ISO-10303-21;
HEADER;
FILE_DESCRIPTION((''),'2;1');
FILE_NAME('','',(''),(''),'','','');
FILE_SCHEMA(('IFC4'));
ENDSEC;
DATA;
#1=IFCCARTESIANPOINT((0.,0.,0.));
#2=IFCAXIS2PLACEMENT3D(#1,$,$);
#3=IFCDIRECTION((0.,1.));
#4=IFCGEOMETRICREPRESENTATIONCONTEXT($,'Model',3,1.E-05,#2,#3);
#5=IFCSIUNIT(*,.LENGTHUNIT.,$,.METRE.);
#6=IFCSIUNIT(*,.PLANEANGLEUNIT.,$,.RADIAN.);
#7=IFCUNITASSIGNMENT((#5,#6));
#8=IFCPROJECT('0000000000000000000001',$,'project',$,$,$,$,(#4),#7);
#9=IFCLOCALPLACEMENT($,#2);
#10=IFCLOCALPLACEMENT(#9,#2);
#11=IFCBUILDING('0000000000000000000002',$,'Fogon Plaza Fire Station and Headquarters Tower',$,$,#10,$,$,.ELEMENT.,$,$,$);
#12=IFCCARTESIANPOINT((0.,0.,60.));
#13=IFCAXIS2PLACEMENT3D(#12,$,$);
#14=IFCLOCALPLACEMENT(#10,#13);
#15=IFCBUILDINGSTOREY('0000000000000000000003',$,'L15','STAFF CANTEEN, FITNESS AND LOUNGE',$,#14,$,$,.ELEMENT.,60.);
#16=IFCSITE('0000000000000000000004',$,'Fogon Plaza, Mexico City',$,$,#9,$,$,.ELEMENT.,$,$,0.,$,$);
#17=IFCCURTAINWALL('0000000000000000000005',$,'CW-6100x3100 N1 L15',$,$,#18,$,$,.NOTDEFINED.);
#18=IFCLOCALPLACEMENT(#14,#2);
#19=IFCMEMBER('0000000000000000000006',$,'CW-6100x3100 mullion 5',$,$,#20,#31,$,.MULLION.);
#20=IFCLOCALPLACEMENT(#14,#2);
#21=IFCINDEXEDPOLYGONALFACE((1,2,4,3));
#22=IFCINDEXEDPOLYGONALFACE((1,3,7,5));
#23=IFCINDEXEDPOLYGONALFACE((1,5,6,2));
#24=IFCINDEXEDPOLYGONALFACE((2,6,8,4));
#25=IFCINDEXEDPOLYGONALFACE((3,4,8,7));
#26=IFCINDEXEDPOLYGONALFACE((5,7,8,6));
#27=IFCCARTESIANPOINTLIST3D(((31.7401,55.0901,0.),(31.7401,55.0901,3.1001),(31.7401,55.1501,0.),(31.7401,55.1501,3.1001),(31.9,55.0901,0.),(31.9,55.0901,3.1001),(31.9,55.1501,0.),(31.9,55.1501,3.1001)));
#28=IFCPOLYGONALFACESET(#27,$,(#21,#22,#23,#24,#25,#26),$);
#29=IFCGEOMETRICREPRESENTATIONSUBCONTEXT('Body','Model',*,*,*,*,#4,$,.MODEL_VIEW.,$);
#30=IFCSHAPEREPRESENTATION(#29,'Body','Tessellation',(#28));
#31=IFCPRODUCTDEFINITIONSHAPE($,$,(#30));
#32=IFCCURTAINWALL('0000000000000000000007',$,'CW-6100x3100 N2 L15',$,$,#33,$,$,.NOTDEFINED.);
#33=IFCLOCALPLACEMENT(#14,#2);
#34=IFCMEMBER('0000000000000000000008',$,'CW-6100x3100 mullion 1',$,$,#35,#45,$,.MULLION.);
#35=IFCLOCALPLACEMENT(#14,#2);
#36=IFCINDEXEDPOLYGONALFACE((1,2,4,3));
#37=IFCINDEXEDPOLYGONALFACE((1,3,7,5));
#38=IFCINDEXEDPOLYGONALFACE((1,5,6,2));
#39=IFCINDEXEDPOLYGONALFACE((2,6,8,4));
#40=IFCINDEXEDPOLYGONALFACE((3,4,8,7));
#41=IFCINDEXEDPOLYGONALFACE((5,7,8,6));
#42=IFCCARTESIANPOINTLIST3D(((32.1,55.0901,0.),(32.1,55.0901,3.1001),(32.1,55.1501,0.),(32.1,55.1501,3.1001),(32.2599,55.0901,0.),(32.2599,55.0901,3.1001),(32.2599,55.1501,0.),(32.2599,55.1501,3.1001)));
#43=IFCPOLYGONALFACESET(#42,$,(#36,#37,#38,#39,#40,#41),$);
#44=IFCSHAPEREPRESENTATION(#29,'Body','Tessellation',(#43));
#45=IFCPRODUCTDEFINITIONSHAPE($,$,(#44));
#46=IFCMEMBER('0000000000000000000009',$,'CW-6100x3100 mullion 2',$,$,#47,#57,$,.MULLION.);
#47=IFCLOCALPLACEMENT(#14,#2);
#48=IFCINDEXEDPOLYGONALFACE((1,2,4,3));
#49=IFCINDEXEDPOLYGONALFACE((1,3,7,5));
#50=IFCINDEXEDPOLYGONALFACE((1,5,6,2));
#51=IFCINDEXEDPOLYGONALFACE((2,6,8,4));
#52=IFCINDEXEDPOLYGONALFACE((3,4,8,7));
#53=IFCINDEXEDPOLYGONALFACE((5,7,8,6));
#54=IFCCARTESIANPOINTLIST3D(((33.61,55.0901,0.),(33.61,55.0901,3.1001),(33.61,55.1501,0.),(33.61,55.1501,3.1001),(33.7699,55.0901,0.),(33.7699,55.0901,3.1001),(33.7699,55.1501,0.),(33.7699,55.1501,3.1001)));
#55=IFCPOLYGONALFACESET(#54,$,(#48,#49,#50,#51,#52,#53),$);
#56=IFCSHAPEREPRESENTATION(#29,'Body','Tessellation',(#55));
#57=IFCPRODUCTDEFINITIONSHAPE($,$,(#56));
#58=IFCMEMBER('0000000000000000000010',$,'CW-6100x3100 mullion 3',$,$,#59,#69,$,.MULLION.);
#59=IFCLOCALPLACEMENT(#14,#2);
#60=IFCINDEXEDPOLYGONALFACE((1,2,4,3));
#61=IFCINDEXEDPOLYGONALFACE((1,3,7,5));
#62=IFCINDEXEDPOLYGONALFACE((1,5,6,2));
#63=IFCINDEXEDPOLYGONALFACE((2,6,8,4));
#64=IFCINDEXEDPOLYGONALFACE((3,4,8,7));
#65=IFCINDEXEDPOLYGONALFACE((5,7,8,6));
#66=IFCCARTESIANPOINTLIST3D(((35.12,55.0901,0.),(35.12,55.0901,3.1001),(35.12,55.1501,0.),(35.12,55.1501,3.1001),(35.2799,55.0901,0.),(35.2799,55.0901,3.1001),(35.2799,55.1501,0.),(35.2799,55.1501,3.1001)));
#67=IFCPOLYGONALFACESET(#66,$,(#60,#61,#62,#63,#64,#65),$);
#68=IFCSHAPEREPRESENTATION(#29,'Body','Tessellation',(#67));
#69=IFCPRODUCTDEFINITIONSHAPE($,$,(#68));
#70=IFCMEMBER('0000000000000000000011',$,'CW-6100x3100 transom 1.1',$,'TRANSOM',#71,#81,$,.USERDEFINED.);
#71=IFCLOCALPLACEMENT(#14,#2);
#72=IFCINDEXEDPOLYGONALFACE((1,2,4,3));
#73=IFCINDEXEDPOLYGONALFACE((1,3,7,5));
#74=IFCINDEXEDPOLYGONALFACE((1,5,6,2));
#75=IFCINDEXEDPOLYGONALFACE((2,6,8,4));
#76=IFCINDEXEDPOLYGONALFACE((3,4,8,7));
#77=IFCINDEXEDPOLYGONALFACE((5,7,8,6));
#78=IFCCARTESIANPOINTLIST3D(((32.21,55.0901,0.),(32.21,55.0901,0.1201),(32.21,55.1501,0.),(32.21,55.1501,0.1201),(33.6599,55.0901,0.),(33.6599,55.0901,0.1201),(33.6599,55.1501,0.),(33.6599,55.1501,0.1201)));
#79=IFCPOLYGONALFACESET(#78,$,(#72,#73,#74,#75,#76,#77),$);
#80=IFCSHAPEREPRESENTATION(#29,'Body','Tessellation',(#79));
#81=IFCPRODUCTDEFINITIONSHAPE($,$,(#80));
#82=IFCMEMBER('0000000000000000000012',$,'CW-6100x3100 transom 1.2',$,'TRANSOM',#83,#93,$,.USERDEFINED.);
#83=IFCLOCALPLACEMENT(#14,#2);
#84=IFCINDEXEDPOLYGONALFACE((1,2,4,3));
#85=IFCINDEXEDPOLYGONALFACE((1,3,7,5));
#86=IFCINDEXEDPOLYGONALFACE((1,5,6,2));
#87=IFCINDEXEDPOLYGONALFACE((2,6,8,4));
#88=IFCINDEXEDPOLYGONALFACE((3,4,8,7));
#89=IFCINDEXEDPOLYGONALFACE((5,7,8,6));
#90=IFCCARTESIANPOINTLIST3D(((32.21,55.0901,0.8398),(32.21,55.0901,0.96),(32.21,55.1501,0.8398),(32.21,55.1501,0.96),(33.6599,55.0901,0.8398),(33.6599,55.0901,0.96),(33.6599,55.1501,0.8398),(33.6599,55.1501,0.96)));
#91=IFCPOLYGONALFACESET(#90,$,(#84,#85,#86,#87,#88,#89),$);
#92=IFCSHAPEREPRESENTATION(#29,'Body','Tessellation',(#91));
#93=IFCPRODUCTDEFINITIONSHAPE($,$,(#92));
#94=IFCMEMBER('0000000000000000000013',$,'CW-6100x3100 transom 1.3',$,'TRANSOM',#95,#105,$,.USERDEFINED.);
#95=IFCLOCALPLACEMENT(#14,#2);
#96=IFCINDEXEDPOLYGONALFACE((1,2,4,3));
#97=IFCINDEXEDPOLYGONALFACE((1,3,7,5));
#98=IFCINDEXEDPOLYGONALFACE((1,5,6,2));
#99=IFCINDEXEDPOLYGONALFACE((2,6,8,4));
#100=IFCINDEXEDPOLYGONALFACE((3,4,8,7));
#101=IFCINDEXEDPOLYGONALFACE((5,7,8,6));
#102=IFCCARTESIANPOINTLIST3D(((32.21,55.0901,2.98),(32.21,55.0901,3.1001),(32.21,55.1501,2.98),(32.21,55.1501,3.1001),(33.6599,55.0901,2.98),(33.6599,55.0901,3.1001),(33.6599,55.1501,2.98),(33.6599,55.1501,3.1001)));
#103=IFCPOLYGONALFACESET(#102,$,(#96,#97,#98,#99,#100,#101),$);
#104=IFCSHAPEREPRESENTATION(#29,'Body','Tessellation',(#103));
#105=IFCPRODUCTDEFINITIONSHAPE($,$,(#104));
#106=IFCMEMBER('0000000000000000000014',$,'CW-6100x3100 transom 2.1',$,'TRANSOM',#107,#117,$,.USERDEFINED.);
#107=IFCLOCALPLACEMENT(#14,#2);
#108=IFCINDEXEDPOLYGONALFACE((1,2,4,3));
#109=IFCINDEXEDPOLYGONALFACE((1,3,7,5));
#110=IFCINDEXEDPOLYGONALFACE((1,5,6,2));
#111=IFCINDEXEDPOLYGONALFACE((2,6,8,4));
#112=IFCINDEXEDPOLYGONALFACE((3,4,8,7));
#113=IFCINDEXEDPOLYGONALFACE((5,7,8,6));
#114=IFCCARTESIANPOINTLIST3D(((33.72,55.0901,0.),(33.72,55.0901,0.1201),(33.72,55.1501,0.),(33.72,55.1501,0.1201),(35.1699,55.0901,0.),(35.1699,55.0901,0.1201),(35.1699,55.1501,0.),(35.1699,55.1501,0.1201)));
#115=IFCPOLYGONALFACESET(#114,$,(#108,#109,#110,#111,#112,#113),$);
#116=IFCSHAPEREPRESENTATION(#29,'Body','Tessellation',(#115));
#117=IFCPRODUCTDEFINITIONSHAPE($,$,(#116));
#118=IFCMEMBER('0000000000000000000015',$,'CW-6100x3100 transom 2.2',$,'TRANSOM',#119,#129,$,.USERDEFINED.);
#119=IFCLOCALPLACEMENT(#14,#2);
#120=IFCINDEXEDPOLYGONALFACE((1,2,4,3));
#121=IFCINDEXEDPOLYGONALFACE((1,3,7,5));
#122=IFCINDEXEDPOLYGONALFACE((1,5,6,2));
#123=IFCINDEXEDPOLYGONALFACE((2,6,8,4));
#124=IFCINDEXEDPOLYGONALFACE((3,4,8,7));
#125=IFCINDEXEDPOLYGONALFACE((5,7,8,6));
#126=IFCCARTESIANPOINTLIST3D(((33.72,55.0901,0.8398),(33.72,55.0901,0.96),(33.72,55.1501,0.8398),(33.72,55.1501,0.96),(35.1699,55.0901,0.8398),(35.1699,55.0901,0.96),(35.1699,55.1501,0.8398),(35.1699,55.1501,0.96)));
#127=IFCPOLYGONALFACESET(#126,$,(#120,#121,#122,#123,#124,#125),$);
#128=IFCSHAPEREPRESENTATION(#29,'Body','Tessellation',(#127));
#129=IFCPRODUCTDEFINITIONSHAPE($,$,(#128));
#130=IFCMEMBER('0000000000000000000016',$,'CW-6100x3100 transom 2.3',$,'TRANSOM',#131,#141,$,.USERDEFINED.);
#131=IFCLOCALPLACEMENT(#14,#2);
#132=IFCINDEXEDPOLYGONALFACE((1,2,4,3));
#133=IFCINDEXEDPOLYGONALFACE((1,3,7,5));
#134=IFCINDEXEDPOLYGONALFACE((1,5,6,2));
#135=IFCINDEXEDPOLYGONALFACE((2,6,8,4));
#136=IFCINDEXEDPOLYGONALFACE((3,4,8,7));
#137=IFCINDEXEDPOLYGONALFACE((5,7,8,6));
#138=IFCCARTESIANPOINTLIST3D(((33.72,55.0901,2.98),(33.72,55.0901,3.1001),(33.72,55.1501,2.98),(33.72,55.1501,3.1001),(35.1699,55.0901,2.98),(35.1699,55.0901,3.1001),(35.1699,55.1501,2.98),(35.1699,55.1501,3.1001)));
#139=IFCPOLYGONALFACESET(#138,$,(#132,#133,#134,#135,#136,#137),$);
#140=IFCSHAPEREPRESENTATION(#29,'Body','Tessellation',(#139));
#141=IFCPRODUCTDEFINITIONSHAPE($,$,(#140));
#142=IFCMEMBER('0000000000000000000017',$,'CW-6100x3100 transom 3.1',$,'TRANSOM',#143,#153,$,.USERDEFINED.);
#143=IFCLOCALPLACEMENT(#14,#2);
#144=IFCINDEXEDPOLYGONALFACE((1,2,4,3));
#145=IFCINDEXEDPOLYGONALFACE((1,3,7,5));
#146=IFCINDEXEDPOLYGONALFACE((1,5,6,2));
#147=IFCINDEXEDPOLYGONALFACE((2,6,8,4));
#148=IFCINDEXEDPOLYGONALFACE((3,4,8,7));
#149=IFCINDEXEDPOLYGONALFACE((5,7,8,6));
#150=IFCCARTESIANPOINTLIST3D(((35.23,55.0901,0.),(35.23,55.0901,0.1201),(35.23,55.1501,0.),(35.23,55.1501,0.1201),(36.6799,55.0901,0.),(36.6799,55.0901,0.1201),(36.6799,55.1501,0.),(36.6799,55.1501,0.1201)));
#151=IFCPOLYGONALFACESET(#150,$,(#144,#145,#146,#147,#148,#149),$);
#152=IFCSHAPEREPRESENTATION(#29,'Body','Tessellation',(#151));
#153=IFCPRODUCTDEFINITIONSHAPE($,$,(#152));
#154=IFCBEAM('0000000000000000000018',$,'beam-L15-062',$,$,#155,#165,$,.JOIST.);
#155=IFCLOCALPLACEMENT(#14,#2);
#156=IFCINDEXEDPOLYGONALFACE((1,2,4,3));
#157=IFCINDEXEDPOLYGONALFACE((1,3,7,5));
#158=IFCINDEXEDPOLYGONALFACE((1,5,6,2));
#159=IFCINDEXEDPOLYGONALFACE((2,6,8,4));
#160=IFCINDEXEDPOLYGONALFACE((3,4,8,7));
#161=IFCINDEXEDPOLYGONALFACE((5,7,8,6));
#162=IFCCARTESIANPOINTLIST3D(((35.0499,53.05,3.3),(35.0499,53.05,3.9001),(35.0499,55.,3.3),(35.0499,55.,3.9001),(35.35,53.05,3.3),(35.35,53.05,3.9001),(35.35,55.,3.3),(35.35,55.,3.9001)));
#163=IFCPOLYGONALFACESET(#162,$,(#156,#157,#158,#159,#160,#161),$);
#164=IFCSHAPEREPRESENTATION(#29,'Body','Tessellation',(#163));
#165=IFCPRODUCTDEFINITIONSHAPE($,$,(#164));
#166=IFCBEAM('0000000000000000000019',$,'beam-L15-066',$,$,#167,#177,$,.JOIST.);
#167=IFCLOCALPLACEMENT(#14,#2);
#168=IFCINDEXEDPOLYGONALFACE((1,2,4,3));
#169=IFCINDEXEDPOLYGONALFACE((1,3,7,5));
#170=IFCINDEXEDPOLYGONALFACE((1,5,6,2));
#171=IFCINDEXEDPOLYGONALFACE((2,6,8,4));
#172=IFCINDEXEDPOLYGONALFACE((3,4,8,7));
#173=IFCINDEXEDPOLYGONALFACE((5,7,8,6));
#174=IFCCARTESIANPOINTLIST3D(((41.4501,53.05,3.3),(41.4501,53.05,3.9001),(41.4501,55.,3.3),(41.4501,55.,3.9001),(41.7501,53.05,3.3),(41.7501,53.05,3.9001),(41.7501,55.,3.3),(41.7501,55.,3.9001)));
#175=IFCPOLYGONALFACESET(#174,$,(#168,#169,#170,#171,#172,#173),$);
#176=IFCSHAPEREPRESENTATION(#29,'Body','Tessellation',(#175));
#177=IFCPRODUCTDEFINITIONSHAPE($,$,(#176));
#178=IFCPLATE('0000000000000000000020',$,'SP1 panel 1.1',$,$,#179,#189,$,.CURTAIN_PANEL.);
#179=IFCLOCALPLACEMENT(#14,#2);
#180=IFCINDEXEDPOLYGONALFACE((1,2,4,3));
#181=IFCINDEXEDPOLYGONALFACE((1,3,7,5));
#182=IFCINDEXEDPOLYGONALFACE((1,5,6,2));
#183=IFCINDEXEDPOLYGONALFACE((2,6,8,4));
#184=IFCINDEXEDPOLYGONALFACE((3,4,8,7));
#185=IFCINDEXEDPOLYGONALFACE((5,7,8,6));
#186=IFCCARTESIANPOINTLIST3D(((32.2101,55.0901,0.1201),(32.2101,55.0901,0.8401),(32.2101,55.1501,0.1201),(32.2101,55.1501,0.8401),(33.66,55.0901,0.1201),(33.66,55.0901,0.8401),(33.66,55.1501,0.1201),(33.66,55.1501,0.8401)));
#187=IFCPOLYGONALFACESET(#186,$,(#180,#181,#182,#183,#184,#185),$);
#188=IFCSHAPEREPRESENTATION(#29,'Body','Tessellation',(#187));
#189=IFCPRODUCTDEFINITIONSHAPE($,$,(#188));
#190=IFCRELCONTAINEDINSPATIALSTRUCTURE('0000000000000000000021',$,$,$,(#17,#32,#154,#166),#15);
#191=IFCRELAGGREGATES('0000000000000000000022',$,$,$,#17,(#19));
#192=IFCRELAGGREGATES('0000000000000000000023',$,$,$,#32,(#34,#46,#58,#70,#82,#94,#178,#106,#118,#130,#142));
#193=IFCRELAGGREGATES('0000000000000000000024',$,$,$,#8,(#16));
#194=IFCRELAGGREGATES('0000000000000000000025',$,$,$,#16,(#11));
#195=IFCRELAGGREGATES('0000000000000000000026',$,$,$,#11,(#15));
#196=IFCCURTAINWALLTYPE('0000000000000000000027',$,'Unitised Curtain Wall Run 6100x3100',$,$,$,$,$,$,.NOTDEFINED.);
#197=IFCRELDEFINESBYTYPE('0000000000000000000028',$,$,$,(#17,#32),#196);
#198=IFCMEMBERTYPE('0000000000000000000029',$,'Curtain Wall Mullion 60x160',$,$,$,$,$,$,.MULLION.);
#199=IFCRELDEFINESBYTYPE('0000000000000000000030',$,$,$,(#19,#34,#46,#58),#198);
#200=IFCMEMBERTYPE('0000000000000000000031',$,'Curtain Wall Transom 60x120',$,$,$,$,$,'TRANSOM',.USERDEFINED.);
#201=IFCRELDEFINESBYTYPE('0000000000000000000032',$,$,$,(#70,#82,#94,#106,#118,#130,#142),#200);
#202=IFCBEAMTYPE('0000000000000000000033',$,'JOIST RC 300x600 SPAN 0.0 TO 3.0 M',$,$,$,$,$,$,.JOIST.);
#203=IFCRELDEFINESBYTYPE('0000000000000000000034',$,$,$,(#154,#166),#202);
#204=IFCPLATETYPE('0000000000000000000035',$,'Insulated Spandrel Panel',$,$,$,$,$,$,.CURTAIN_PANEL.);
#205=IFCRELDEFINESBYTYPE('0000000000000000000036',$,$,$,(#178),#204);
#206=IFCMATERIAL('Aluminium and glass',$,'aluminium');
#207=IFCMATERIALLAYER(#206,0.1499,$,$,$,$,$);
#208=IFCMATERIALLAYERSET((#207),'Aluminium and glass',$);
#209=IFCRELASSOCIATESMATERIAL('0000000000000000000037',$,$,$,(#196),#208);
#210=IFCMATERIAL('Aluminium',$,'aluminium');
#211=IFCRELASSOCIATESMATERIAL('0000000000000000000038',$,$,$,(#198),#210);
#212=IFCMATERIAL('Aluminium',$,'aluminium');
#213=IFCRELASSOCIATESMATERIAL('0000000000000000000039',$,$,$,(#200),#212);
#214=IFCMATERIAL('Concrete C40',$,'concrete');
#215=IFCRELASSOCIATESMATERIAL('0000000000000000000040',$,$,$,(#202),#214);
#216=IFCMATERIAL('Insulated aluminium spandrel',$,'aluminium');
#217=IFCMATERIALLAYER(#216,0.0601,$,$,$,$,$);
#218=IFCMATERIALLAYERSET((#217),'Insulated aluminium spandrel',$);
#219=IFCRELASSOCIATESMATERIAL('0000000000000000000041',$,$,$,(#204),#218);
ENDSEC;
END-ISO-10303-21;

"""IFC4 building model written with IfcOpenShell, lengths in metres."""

from ifc_helpers import new_model, si_unit, direction, frame, origin, origin_2d, place, context, subcontext, project, spatial, rectangle, extrude, material, layer, layer_set, material_profile, profile_set, type_object, element, aggregate, save


model = new_model("IFC4")

# Units and contexts
model_context = context("Model", 3, precision=1e-05, world=origin(), true_north=direction((0.0, 1.0)))
body_context = subcontext(model_context, "Body", "Model", "MODEL_VIEW")
ifc_project = project(units=[si_unit("LENGTHUNIT", "METRE"), si_unit("PLANEANGLEUNIT", "RADIAN")], contexts=[model_context])

# Site, building, storey
site_placement = place(None, origin())
site = spatial("IfcSite", under=ifc_project, at=site_placement, Name="Fogon Plaza, Mexico City", CompositionType="ELEMENT", RefElevation=0.0)
building_placement = place(site_placement, origin())
building = spatial("IfcBuilding", under=site, at=building_placement, Name="Fogon Plaza Fire Station and Headquarters Tower", CompositionType="ELEMENT")
storey_placement = place(building_placement, frame((0.0, 0.0, 60.0)))
storey = spatial("IfcBuildingStorey", under=building, at=storey_placement, Name="L15", Description="STAFF CANTEEN, FITNESS AND LOUNGE", CompositionType="ELEMENT", Elevation=60.0)

# Curtain wall, member
ifc_material_1 = material(Name="Aluminium and glass", Category="aluminium")
ifc_layer_1 = layer(ifc_material_1, 0.1499)
ifc_layer_set_1 = layer_set([ifc_layer_1], Name="Aluminium and glass")
curtain_wall_type = type_object("IfcCurtainWallType", Name="Unitised Curtain Wall Run 6100x3100", PredefinedType="NOTDEFINED", material=ifc_layer_set_1)
curtain_wall_1_placement = place(storey_placement, origin())
curtain_wall_1 = element("IfcCurtainWall", 1, at=curtain_wall_1_placement, inside=storey, type_object=curtain_wall_type, Name="CW-6100x3100 N1 L15", PredefinedType="NOTDEFINED")
ifc_material_2 = material(Name="Aluminium", Category="aluminium")
ifc_material_profile_1 = material_profile(ifc_material_2, rectangle(XDim=0.0601, YDim=0.1599, at=origin_2d()), Name="Curtain Wall Mullion 60x160")
ifc_profile_set_1 = profile_set([ifc_material_profile_1], Name="Aluminium")
member_type_1 = type_object("IfcMemberType", Name="Curtain Wall Mullion 60x160", PredefinedType="MULLION", material=ifc_profile_set_1)
member_1_placement = place(storey_placement, frame((31.8201, 55.1201, 0.0), z_axis=(0.0, 0.0, 1.0), x_axis=(0.0, 1.0, 0.0)))
member_1 = element("IfcMember", 2, at=member_1_placement, type_object=member_type_1, Name="CW-6100x3100 mullion 5", PredefinedType="MULLION", context=body_context, shape_type="SweptSolid", body=[
    extrude(rectangle(XDim=0.0601, YDim=0.1599, at=origin_2d()), origin(), (0.0, 0.0, 1.0), 3.1001),
])
aggregate(curtain_wall_1, [member_1])

# Curtain wall, members
curtain_wall_2_placement = place(storey_placement, origin())
curtain_wall_2 = element("IfcCurtainWall", 3, at=curtain_wall_2_placement, inside=storey, type_object=curtain_wall_type, Name="CW-6100x3100 N2 L15", PredefinedType="NOTDEFINED")
member_2_placement = place(storey_placement, frame((32.1799, 55.1201, 0.0), z_axis=(0.0, 0.0, 1.0), x_axis=(0.0, 1.0, 0.0)))
member_2 = element("IfcMember", 4, at=member_2_placement, type_object=member_type_1, Name="CW-6100x3100 mullion 1", PredefinedType="MULLION", context=body_context, shape_type="SweptSolid", body=[
    extrude(rectangle(XDim=0.0601, YDim=0.1599, at=origin_2d()), origin(), (0.0, 0.0, 1.0), 3.1001),
])
member_3_placement = place(storey_placement, frame((33.6899, 55.1201, 0.0), z_axis=(0.0, 0.0, 1.0), x_axis=(0.0, 1.0, 0.0)))
member_3 = element("IfcMember", 5, at=member_3_placement, type_object=member_type_1, Name="CW-6100x3100 mullion 2", PredefinedType="MULLION", context=body_context, shape_type="SweptSolid", body=[
    extrude(rectangle(XDim=0.0601, YDim=0.1599, at=origin_2d()), origin(), (0.0, 0.0, 1.0), 3.1001),
])
member_4_placement = place(storey_placement, frame((35.2, 55.1201, 0.0), z_axis=(0.0, 0.0, 1.0), x_axis=(0.0, 1.0, 0.0)))
member_4 = element("IfcMember", 6, at=member_4_placement, type_object=member_type_1, Name="CW-6100x3100 mullion 3", PredefinedType="MULLION", context=body_context, shape_type="SweptSolid", body=[
    extrude(rectangle(XDim=0.0601, YDim=0.1599, at=origin_2d()), origin(), (0.0, 0.0, 1.0), 3.1001),
])
ifc_material_3 = material(Name="Aluminium", Category="aluminium")
ifc_material_profile_2 = material_profile(ifc_material_3, rectangle(XDim=0.0601, YDim=0.1201, at=origin_2d()), Name="Curtain Wall Transom 60x120")
ifc_profile_set_2 = profile_set([ifc_material_profile_2], Name="Aluminium")
member_type_2 = type_object("IfcMemberType", Name="Curtain Wall Transom 60x120", ElementType="TRANSOM", PredefinedType="USERDEFINED", material=ifc_profile_set_2)
member_5_placement = place(storey_placement, frame((32.21, 55.1201, 0.0601), z_axis=(1.0, 0.0, 0.0), x_axis=(0.0, 1.0, 0.0)))
member_5 = element("IfcMember", 7, at=member_5_placement, type_object=member_type_2, Name="CW-6100x3100 transom 1.1", ObjectType="TRANSOM", PredefinedType="USERDEFINED", context=body_context, shape_type="SweptSolid", body=[
    extrude(rectangle(XDim=0.0601, YDim=0.1201, at=origin_2d()), origin(), (0.0, 0.0, 1.0), 1.45),
])
member_6_placement = place(storey_placement, frame((32.21, 55.1201, 0.8999), z_axis=(1.0, 0.0, 0.0), x_axis=(0.0, 1.0, 0.0)))
member_6 = element("IfcMember", 8, at=member_6_placement, type_object=member_type_2, Name="CW-6100x3100 transom 1.2", ObjectType="TRANSOM", PredefinedType="USERDEFINED", context=body_context, shape_type="SweptSolid", body=[
    extrude(rectangle(XDim=0.0601, YDim=0.1201, at=origin_2d()), origin(), (0.0, 0.0, 1.0), 1.45),
])
member_7_placement = place(storey_placement, frame((32.21, 55.1201, 3.04), z_axis=(1.0, 0.0, 0.0), x_axis=(0.0, 1.0, 0.0)))
member_7 = element("IfcMember", 9, at=member_7_placement, type_object=member_type_2, Name="CW-6100x3100 transom 1.3", ObjectType="TRANSOM", PredefinedType="USERDEFINED", context=body_context, shape_type="SweptSolid", body=[
    extrude(rectangle(XDim=0.0601, YDim=0.1201, at=origin_2d()), origin(), (0.0, 0.0, 1.0), 1.45),
])
member_8_placement = place(storey_placement, frame((33.72, 55.1201, 0.0601), z_axis=(1.0, 0.0, 0.0), x_axis=(0.0, 1.0, 0.0)))
member_8 = element("IfcMember", 10, at=member_8_placement, type_object=member_type_2, Name="CW-6100x3100 transom 2.1", ObjectType="TRANSOM", PredefinedType="USERDEFINED", context=body_context, shape_type="SweptSolid", body=[
    extrude(rectangle(XDim=0.0601, YDim=0.1201, at=origin_2d()), origin(), (0.0, 0.0, 1.0), 1.45),
])
member_9_placement = place(storey_placement, frame((33.72, 55.1201, 0.8999), z_axis=(1.0, 0.0, 0.0), x_axis=(0.0, 1.0, 0.0)))
member_9 = element("IfcMember", 11, at=member_9_placement, type_object=member_type_2, Name="CW-6100x3100 transom 2.2", ObjectType="TRANSOM", PredefinedType="USERDEFINED", context=body_context, shape_type="SweptSolid", body=[
    extrude(rectangle(XDim=0.0601, YDim=0.1201, at=origin_2d()), origin(), (0.0, 0.0, 1.0), 1.45),
])
member_10_placement = place(storey_placement, frame((33.72, 55.1201, 3.04), z_axis=(1.0, 0.0, 0.0), x_axis=(0.0, 1.0, 0.0)))
member_10 = element("IfcMember", 12, at=member_10_placement, type_object=member_type_2, Name="CW-6100x3100 transom 2.3", ObjectType="TRANSOM", PredefinedType="USERDEFINED", context=body_context, shape_type="SweptSolid", body=[
    extrude(rectangle(XDim=0.0601, YDim=0.1201, at=origin_2d()), origin(), (0.0, 0.0, 1.0), 1.45),
])
member_11_placement = place(storey_placement, frame((35.23, 55.1201, 0.0601), z_axis=(1.0, 0.0, 0.0), x_axis=(0.0, 1.0, 0.0)))
member_11 = element("IfcMember", 13, at=member_11_placement, type_object=member_type_2, Name="CW-6100x3100 transom 3.1", ObjectType="TRANSOM", PredefinedType="USERDEFINED", context=body_context, shape_type="SweptSolid", body=[
    extrude(rectangle(XDim=0.0601, YDim=0.1201, at=origin_2d()), origin(), (0.0, 0.0, 1.0), 1.45),
])

# Beams
ifc_material_4 = material(Name="Concrete C40", Category="concrete")
ifc_material_profile_3 = material_profile(ifc_material_4, rectangle(XDim=0.3, YDim=0.6001, at=origin_2d()), Name="RC 300x600")
ifc_profile_set_3 = profile_set([ifc_material_profile_3], Name="Concrete C40")
beam_type = type_object("IfcBeamType", Name="JOIST RC 300x600 SPAN 0.0 TO 3.0 M", PredefinedType="JOIST", material=ifc_profile_set_3)
for number, where, z_axis, x_axis, name in (
    (14, (35.2, 53.05, 3.6001), (0.0, 1.0, 0.0), (-1.0, 0.0, 0.0), "beam-L15-062"),
    (15, (41.6001, 53.05, 3.6001), (0.0, 1.0, 0.0), (-1.0, 0.0, 0.0), "beam-L15-066"),
):
    element("IfcBeam", number, at=place(storey_placement, frame(where, z_axis=z_axis, x_axis=x_axis)), inside=storey, type_object=beam_type, Name=name, PredefinedType="JOIST", context=body_context, shape_type="SweptSolid", body=[
        extrude(rectangle(XDim=0.3, YDim=0.6001, at=origin_2d()), origin(), (0.0, 0.0, 1.0), 1.95),
    ])

# Plate
ifc_material_5 = material(Name="Insulated aluminium spandrel", Category="aluminium")
ifc_layer_2 = layer(ifc_material_5, 0.0601)
ifc_layer_set_2 = layer_set([ifc_layer_2], Name="Insulated aluminium spandrel")
plate_type_1 = type_object("IfcPlateType", Name="Insulated Spandrel Panel", PredefinedType="CURTAIN_PANEL", material=ifc_layer_set_2)
plate_1_placement = place(storey_placement, frame((32.9351, 55.1201, 0.1201), z_axis=(0.0, 0.0, 1.0), x_axis=(1.0, 0.0, 0.0)))
plate_1 = element("IfcPlate", 16, at=plate_1_placement, type_object=plate_type_1, Name="SP1 panel 1.1", PredefinedType="CURTAIN_PANEL", context=body_context, shape_type="SweptSolid", body=[
    extrude(rectangle(XDim=1.45, YDim=0.0601, at=origin_2d()), origin(), (0.0, 0.0, 1.0), 0.72),
])
aggregate(curtain_wall_2, [member_2, member_3, member_4, member_5, member_6, member_7, plate_1, member_8, member_9, member_10, member_11])

save(model, "model.ifc")
